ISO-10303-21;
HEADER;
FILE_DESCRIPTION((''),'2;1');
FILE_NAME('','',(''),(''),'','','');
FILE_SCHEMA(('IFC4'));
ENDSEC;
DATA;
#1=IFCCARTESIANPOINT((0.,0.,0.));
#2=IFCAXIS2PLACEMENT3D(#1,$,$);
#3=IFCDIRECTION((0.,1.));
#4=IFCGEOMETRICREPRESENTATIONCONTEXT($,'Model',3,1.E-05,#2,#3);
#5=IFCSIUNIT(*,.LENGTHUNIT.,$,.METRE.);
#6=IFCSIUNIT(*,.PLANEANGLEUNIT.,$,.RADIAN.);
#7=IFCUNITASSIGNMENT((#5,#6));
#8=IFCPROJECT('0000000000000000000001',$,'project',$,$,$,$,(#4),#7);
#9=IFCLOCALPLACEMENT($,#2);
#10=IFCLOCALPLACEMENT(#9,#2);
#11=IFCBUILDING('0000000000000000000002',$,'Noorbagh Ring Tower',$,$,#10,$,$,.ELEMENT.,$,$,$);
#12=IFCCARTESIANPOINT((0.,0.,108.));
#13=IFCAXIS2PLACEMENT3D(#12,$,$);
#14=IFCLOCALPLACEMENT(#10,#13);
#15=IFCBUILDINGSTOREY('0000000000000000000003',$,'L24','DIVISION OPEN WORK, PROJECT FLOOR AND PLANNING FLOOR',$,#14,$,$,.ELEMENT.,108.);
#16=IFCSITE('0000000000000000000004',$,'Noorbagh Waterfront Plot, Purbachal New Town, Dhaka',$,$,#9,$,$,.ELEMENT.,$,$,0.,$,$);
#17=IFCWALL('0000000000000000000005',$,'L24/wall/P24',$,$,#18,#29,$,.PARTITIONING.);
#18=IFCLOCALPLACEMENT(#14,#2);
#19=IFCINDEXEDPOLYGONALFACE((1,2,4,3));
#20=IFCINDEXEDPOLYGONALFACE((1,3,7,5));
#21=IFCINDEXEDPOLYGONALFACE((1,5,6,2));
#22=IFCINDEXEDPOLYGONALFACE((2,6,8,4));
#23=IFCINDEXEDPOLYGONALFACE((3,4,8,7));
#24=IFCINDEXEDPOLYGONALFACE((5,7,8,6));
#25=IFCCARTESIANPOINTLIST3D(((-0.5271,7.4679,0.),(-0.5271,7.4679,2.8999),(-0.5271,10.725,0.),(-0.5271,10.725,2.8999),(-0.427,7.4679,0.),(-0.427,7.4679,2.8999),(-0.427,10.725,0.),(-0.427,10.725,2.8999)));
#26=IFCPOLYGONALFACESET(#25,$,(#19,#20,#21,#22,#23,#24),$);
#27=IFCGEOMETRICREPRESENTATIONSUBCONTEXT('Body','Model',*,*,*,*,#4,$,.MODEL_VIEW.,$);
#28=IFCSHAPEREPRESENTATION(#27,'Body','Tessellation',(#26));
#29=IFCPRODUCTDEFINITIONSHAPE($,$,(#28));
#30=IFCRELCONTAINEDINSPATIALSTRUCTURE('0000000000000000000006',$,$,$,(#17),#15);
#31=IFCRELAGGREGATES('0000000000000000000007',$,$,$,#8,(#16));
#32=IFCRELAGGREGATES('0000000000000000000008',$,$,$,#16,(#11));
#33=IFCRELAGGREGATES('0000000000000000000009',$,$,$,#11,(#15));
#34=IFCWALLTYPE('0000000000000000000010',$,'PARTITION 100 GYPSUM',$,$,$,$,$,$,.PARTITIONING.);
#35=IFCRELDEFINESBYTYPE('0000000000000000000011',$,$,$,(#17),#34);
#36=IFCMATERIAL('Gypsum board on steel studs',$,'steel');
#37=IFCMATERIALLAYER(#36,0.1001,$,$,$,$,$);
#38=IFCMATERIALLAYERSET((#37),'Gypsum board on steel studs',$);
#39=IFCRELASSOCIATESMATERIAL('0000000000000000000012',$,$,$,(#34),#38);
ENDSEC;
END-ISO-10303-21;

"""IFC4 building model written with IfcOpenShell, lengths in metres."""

from ifc_helpers import new_model, si_unit, direction, frame, frame_2d, origin, place, context, subcontext, project, spatial, rectangle, extrude, material, layer, layer_set, type_object, element, save


model = new_model("IFC4")

# Units and contexts
model_context = context("Model", 3, precision=1e-05, world=origin(), true_north=direction((0.0, 1.0)))
body_context = subcontext(model_context, "Body", "Model", "MODEL_VIEW")
ifc_project = project(units=[si_unit("LENGTHUNIT", "METRE"), si_unit("PLANEANGLEUNIT", "RADIAN")], contexts=[model_context])

# Site, building, storey
site_placement = place(None, origin())
site = spatial("IfcSite", under=ifc_project, at=site_placement, Name="Noorbagh Waterfront Plot, Purbachal New Town, Dhaka", CompositionType="ELEMENT", RefElevation=0.0)
building_placement = place(site_placement, origin())
building = spatial("IfcBuilding", under=site, at=building_placement, Name="Noorbagh Ring Tower", CompositionType="ELEMENT")
storey_placement = place(building_placement, frame((0.0, 0.0, 108.0)))
storey = spatial("IfcBuildingStorey", under=building, at=storey_placement, Name="L24", Description="DIVISION OPEN WORK, PROJECT FLOOR AND PLANNING FLOOR", CompositionType="ELEMENT", Elevation=108.0)

# Wall
ifc_material_1 = material(Name="Gypsum board on steel studs", Category="steel")
ifc_layer_1 = layer(ifc_material_1, 0.1001)
ifc_layer_set_1 = layer_set([ifc_layer_1], Name="Gypsum board on steel studs")
wall_type = type_object("IfcWallType", Name="PARTITION 100 GYPSUM", PredefinedType="PARTITIONING", material=ifc_layer_set_1)
wall_placement = place(storey_placement, frame((-0.4771, 7.468, 0.0), z_axis=(0.0, 0.0, 1.0), x_axis=(0.0, 1.0, 0.0)))
element("IfcWall", 1, at=wall_placement, inside=storey, type_object=wall_type, Name="L24/wall/P24", PredefinedType="PARTITIONING", context=body_context, shape_type="SweptSolid", body=[
    extrude(rectangle(XDim=3.2571, YDim=0.1001, at=frame_2d((1.6284, 0.0))), origin(), (0.0, 0.0, 1.0), 2.8999),
])

save(model, "model.ifc")
